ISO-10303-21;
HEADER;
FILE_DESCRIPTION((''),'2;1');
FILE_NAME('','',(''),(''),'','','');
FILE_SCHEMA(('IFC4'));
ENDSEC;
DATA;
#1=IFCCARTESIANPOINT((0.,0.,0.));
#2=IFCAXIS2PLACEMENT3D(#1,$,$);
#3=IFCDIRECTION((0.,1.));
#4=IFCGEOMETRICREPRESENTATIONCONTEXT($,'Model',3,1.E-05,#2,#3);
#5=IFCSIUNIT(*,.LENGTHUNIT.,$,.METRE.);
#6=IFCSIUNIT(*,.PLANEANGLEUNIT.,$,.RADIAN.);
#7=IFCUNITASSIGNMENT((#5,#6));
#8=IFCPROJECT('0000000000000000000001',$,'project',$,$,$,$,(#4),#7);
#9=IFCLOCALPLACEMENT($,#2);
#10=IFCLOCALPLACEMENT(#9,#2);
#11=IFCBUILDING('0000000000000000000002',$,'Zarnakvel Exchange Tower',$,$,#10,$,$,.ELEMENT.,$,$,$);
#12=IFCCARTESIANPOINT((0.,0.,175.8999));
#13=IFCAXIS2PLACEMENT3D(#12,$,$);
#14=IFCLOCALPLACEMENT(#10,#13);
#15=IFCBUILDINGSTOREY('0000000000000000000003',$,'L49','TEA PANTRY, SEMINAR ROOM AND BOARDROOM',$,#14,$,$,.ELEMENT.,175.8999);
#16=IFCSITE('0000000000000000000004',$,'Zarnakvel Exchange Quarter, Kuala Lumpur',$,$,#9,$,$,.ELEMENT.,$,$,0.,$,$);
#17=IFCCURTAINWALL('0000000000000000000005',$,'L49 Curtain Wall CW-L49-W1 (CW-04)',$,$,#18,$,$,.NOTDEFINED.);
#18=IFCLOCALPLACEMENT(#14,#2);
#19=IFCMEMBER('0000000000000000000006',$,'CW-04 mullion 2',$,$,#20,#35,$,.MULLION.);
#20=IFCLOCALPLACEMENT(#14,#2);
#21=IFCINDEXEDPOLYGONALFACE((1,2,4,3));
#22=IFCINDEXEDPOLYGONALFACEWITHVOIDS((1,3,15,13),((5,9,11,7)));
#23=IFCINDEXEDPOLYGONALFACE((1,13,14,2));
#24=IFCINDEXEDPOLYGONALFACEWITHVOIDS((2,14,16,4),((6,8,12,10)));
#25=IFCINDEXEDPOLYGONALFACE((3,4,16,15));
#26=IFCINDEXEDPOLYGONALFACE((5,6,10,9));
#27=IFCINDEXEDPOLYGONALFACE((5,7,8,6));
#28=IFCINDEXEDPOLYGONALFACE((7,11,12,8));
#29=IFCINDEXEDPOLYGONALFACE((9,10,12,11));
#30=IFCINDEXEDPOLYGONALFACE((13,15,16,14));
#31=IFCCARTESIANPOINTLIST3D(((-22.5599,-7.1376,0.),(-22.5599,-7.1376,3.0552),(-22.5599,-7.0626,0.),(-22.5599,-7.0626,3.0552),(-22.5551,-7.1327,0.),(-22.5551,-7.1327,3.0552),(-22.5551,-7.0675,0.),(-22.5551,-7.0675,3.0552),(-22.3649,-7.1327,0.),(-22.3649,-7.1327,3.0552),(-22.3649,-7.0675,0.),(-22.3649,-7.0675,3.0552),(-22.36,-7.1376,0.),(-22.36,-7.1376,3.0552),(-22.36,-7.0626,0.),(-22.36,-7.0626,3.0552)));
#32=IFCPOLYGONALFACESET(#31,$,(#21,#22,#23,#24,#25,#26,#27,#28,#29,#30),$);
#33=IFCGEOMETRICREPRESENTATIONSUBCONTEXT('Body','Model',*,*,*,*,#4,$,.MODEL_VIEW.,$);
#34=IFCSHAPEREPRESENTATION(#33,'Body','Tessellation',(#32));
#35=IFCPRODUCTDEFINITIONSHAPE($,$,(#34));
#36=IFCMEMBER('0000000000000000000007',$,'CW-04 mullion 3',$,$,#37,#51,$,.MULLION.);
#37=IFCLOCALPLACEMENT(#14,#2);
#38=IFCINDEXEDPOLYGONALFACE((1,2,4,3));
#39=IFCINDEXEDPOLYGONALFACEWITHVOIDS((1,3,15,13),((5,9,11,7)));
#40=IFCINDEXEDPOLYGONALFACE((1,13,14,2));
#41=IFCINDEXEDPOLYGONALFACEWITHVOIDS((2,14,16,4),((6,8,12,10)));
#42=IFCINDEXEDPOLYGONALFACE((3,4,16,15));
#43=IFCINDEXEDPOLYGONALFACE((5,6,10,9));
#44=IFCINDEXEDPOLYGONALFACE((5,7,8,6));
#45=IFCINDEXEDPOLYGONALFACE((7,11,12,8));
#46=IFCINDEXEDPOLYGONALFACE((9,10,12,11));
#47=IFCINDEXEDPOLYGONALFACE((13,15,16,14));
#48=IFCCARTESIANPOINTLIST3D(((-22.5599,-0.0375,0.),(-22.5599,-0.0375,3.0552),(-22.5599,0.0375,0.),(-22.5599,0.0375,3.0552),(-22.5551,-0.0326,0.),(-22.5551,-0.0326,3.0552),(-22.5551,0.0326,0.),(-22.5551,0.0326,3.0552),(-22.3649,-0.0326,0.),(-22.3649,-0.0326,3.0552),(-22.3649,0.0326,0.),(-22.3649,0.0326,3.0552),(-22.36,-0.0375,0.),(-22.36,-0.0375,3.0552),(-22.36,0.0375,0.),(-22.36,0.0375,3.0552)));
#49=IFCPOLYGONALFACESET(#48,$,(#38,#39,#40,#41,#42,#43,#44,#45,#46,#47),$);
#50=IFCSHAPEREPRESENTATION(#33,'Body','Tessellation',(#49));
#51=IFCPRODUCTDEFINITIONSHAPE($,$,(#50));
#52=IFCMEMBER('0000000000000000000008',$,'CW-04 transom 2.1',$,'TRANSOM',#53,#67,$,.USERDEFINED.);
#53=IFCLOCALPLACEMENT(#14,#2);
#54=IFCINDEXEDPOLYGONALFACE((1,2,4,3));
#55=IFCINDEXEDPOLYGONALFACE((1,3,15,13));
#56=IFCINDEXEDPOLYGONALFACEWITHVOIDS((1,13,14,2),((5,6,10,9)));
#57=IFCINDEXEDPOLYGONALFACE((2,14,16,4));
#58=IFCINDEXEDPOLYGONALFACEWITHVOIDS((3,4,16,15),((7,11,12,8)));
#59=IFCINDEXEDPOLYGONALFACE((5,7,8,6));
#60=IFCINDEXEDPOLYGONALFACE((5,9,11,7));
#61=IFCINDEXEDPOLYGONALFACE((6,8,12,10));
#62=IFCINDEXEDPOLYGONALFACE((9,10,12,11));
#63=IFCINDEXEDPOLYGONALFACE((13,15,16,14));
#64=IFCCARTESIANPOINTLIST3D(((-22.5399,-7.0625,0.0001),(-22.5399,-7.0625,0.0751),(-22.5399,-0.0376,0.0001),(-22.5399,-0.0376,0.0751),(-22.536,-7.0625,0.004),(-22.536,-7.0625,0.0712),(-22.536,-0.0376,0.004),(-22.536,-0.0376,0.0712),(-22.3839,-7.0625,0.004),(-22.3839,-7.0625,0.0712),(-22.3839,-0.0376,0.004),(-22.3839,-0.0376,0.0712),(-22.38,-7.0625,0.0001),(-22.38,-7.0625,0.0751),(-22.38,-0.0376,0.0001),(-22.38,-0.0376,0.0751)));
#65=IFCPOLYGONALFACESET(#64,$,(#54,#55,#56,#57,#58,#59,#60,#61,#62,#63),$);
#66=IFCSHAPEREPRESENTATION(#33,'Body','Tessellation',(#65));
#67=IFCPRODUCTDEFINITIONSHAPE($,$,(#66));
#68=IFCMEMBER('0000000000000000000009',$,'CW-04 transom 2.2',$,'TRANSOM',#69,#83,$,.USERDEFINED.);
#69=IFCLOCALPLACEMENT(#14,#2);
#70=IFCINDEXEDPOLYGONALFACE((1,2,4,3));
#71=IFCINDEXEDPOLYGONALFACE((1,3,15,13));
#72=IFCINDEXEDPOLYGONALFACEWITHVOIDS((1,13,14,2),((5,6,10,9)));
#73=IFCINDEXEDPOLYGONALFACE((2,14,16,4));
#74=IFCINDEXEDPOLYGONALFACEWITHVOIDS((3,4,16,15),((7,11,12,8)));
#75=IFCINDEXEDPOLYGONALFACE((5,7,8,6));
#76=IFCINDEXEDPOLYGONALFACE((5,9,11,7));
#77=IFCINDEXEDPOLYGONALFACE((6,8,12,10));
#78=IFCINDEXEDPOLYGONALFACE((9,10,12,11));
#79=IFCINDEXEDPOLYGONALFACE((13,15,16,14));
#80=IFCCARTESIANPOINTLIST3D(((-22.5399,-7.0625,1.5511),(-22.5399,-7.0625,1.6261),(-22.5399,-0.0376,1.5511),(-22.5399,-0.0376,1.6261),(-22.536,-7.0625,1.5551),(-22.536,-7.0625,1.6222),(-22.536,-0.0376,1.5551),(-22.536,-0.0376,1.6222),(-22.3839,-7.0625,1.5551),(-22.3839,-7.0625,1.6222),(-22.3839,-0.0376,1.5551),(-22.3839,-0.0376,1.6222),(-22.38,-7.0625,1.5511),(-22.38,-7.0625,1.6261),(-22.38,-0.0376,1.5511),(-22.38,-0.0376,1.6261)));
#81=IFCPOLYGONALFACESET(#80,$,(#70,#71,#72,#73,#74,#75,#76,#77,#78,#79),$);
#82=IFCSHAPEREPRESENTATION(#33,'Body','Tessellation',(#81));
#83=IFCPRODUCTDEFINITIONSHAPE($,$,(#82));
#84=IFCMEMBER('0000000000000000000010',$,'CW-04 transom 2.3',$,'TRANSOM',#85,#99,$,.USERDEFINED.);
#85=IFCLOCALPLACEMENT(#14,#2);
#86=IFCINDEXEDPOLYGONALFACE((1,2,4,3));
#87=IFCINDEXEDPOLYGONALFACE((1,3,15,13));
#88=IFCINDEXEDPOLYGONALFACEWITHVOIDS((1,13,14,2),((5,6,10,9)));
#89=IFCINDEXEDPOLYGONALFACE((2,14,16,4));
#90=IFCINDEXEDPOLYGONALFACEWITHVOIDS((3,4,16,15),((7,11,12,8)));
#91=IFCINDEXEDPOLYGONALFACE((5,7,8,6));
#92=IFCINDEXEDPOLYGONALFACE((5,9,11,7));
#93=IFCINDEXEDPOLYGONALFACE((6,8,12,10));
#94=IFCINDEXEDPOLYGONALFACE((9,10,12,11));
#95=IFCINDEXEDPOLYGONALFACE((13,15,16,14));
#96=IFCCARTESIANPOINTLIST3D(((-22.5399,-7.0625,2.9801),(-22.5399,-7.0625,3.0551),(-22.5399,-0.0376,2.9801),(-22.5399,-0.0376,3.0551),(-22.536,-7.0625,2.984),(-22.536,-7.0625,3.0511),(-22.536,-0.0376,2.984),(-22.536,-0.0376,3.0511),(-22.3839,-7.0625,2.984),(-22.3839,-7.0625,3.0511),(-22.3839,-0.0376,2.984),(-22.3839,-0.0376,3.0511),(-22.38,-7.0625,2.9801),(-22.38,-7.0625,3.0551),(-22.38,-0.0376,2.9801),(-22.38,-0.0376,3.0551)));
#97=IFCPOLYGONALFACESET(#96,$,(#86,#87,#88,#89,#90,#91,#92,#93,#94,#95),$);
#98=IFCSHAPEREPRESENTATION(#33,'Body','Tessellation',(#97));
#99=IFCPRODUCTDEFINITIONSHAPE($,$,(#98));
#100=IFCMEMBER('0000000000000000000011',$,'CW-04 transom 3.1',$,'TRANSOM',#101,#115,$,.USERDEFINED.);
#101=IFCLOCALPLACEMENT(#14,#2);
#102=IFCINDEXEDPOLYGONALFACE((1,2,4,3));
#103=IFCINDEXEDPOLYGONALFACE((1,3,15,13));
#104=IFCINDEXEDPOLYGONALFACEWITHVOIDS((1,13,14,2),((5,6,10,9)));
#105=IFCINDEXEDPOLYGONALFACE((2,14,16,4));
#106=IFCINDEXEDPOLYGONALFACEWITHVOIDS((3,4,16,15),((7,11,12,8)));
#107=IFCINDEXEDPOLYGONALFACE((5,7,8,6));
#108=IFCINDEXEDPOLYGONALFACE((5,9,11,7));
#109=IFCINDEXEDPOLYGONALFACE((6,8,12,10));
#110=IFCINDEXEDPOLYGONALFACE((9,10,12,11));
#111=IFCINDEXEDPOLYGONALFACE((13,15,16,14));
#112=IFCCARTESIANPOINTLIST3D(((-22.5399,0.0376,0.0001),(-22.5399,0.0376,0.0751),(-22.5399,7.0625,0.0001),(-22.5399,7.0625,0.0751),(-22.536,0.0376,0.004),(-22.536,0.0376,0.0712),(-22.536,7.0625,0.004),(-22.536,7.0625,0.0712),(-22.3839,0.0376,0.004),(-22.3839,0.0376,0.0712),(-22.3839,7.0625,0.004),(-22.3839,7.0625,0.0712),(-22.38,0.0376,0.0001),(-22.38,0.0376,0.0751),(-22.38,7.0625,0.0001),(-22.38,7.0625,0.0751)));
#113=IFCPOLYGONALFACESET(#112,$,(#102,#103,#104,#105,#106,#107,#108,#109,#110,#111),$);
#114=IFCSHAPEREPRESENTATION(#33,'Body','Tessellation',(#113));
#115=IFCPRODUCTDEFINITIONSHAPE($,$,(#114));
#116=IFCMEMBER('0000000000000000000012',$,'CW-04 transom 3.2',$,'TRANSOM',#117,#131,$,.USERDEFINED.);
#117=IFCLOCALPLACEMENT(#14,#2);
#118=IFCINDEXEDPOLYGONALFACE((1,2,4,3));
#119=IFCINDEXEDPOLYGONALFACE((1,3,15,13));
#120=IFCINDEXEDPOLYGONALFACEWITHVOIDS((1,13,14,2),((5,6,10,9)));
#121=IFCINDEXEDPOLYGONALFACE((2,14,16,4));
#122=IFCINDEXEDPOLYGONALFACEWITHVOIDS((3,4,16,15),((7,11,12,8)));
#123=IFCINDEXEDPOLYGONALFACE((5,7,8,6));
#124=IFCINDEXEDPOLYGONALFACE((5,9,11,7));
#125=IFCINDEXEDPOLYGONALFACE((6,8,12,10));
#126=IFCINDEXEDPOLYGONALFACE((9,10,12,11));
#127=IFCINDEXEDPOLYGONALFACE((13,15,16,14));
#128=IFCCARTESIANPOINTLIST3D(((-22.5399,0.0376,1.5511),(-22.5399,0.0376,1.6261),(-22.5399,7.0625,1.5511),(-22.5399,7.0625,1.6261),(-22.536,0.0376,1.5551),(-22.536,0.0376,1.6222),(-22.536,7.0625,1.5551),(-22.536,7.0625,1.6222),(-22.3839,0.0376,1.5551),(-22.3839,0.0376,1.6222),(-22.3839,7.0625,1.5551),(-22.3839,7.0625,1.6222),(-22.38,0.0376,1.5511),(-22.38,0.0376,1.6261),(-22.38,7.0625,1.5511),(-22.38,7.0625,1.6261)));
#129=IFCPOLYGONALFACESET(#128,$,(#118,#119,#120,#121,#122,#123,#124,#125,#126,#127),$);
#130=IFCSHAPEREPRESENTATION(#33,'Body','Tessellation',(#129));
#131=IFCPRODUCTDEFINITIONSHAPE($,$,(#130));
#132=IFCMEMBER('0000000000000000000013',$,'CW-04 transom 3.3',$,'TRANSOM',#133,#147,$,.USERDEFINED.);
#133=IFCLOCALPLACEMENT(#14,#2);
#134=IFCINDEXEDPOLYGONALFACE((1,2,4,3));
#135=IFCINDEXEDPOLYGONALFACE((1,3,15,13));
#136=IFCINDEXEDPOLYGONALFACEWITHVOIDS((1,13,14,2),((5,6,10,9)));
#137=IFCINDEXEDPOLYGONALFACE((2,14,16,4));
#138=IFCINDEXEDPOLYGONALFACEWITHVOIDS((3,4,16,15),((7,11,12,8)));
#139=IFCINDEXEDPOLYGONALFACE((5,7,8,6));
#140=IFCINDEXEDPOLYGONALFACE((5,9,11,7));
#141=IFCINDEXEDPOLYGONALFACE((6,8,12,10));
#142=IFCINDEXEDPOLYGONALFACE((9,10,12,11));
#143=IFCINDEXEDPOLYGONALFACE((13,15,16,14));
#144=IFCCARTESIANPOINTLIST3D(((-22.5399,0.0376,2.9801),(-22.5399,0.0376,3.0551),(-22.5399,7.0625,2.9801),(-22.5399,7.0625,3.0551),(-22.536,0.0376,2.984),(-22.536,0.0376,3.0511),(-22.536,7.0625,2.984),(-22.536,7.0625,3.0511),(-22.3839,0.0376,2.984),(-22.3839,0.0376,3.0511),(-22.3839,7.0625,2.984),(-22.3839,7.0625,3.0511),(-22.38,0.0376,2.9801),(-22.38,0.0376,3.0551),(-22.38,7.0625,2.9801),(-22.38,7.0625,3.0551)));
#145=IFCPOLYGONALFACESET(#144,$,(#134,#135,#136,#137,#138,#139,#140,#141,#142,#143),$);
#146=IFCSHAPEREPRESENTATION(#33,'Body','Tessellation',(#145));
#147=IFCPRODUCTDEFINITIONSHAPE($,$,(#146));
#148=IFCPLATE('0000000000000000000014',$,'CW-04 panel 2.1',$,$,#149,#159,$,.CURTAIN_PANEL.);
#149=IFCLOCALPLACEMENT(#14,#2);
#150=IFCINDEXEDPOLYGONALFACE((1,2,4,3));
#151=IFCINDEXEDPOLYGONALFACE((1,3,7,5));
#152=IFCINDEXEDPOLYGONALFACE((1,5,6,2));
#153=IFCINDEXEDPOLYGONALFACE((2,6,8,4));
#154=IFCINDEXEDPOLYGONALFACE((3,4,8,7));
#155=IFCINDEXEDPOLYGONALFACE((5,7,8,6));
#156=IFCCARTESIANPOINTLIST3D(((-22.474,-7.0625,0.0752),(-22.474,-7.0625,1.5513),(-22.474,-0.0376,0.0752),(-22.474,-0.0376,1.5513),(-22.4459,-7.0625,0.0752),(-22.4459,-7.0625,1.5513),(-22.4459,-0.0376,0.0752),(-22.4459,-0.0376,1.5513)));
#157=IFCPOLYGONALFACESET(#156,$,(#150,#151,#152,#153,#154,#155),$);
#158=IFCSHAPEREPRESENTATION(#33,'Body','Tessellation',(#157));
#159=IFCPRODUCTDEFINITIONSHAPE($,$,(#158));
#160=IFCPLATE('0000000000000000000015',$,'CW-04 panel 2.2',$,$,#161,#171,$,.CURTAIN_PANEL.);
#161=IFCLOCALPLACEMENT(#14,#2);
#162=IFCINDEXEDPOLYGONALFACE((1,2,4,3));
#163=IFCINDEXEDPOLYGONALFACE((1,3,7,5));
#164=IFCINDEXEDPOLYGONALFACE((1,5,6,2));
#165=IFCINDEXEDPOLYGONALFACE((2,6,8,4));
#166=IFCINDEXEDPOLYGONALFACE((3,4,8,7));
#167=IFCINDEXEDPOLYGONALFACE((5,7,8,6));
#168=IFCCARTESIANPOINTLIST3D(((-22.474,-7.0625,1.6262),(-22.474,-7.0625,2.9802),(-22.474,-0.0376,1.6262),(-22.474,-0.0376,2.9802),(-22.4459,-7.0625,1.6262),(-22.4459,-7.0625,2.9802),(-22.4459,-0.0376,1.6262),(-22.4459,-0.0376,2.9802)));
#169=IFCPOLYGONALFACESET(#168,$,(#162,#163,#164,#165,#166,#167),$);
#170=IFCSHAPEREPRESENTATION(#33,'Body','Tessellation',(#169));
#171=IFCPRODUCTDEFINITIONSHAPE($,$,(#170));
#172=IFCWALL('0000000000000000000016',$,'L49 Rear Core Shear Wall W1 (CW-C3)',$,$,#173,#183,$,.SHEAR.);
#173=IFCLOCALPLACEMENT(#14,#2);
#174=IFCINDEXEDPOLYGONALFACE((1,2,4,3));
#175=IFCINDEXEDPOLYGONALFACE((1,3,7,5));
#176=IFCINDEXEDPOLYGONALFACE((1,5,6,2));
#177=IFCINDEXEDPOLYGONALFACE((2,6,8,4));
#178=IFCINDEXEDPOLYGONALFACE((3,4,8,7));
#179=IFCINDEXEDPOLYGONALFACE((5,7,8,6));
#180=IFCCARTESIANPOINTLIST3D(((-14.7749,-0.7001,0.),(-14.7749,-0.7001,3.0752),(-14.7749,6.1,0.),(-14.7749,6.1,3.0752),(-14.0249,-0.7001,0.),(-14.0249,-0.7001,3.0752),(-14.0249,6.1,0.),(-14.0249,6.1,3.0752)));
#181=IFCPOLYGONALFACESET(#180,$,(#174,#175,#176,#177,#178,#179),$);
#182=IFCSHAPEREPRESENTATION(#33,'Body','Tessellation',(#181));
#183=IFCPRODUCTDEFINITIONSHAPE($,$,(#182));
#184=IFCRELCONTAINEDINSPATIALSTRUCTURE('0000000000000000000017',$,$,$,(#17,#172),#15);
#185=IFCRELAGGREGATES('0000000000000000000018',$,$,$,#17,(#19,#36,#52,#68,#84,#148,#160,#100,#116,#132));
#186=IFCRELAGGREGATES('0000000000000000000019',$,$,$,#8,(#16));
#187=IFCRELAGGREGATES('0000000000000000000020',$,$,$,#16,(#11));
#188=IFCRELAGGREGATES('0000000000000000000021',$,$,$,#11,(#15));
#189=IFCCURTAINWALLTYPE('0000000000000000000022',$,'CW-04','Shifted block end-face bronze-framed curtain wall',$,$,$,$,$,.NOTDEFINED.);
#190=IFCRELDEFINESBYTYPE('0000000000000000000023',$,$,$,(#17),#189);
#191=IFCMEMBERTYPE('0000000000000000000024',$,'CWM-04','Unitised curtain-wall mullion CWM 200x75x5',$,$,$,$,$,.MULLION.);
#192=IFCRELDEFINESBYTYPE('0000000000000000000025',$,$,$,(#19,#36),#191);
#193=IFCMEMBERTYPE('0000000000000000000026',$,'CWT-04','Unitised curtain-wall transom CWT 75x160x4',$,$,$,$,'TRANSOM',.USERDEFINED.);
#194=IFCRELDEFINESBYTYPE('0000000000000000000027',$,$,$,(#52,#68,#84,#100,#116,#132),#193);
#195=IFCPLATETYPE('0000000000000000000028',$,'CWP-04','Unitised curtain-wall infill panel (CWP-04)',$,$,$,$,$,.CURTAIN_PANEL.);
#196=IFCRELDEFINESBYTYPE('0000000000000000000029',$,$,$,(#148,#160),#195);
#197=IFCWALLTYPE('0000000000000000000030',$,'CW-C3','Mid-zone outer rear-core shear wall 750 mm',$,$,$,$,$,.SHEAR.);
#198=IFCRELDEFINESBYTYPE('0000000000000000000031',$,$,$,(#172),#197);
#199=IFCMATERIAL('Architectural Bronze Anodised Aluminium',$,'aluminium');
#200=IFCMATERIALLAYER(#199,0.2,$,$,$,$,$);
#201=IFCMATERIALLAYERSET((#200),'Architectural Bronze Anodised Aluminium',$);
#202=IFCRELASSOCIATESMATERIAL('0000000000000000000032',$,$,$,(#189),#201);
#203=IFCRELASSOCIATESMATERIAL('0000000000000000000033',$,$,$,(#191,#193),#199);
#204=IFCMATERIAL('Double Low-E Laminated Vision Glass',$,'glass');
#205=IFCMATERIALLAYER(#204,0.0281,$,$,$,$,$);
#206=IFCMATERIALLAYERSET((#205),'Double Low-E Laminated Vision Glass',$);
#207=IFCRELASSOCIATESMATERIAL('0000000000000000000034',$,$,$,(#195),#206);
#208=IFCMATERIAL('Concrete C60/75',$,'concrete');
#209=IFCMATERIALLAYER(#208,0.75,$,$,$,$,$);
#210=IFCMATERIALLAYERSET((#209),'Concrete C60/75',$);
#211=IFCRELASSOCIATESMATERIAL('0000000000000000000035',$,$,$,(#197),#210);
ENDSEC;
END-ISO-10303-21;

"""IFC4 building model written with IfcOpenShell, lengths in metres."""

from ifc_helpers import new_model, si_unit, direction, frame, frame_2d, origin, origin_2d, place, context, subcontext, project, spatial, rectangle, hollow_rectangle, extrude, source, transform, mapped, material, layer, layer_set, material_profile, profile_set, type_object, element, aggregate, save


model = new_model("IFC4")

# Units and contexts
model_context = context("Model", 3, precision=1e-05, world=origin(), true_north=direction((0.0, 1.0)))
body_context = subcontext(model_context, "Body", "Model", "MODEL_VIEW")
ifc_project = project(units=[si_unit("LENGTHUNIT", "METRE"), si_unit("PLANEANGLEUNIT", "RADIAN")], contexts=[model_context])

# Site, building, storey
site_placement = place(None, origin())
site = spatial("IfcSite", under=ifc_project, at=site_placement, Name="Zarnakvel Exchange Quarter, Kuala Lumpur", CompositionType="ELEMENT", RefElevation=0.0)
building_placement = place(site_placement, origin())
building = spatial("IfcBuilding", under=site, at=building_placement, Name="Zarnakvel Exchange Tower", CompositionType="ELEMENT")
storey_placement = place(building_placement, frame((0.0, 0.0, 175.8999)))
storey = spatial("IfcBuildingStorey", under=building, at=storey_placement, Name="L49", Description="TEA PANTRY, SEMINAR ROOM AND BOARDROOM", CompositionType="ELEMENT", Elevation=175.8999)

# Shared definitions
ifc_material_1 = material(Name="Concrete C60/75", Category="concrete")

# Curtain wall, members, plates
ifc_material_2 = material(Name="Architectural Bronze Anodised Aluminium", Category="aluminium")
ifc_layer_1 = layer(ifc_material_2, 0.2)
ifc_layer_set_1 = layer_set([ifc_layer_1], Name="Architectural Bronze Anodised Aluminium")
curtain_wall_type = type_object("IfcCurtainWallType", Name="CW-04", Description="Shifted block end-face bronze-framed curtain wall", PredefinedType="NOTDEFINED", material=ifc_layer_set_1)
curtain_wall_placement = place(storey_placement, origin())
curtain_wall = element("IfcCurtainWall", 1, at=curtain_wall_placement, inside=storey, type_object=curtain_wall_type, Name="L49 Curtain Wall CW-L49-W1 (CW-04)", PredefinedType="NOTDEFINED")
ifc_material_profile_1 = material_profile(ifc_material_2, hollow_rectangle(XDim=0.2, YDim=0.075, WallThickness=0.0049, at=origin_2d()))
ifc_profile_set_1 = profile_set([ifc_material_profile_1], Name="Architectural Bronze Anodised Aluminium")
member_type_1 = type_object("IfcMemberType", Name="CWM-04", Description="Unitised curtain-wall mullion CWM 200x75x5", PredefinedType="MULLION", material=ifc_profile_set_1)
shared_shape_1 = source(origin(), body_context, "Body", "SweptSolid", [
    extrude(hollow_rectangle(XDim=0.2, YDim=0.075, WallThickness=0.0049, at=origin_2d()), origin(), (0.0, 0.0, 1.0), 3.0552),
])
member_1_placement = place(storey_placement, frame((-22.46, -7.1001, 0.0), z_axis=(0.0, 0.0, 1.0), x_axis=(-1.0, 0.0, 0.0)))
member_1 = element("IfcMember", 2, at=member_1_placement, type_object=member_type_1, Name="CW-04 mullion 2", PredefinedType="MULLION", context=body_context, shape_type="MappedRepresentation", body=[
    mapped(shared_shape_1, transform((0.0, 0.0, 0.0), x_axis=(1.0, 0.0, 0.0), y_axis=(0.0, 1.0, 0.0), z_axis=(0.0, 0.0, 1.0), scale=1.0)),
])
member_2_placement = place(storey_placement, frame((-22.46, 0.0, 0.0), z_axis=(0.0, 0.0, 1.0), x_axis=(-1.0, 0.0, 0.0)))
member_2 = element("IfcMember", 3, at=member_2_placement, type_object=member_type_1, Name="CW-04 mullion 3", PredefinedType="MULLION", context=body_context, shape_type="MappedRepresentation", body=[
    mapped(shared_shape_1, transform((0.0, 0.0, 0.0), x_axis=(1.0, 0.0, 0.0), y_axis=(0.0, 1.0, 0.0), z_axis=(0.0, 0.0, 1.0), scale=1.0)),
])
ifc_material_profile_2 = material_profile(ifc_material_2, hollow_rectangle(XDim=0.1599, YDim=0.075, WallThickness=0.0039, at=origin_2d()))
ifc_profile_set_2 = profile_set([ifc_material_profile_2], Name="Architectural Bronze Anodised Aluminium")
member_type_2 = type_object("IfcMemberType", Name="CWT-04", Description="Unitised curtain-wall transom CWT 75x160x4", ElementType="TRANSOM", PredefinedType="USERDEFINED", material=ifc_profile_set_2)
shared_shape_2 = source(origin(), body_context, "Body", "SweptSolid", [
    extrude(hollow_rectangle(XDim=0.1599, YDim=0.075, WallThickness=0.0039, at=origin_2d()), origin(), (0.0, 0.0, 1.0), 7.0249),
])
member_3_placement = place(storey_placement, frame((-22.46, -7.0625, 0.0376), z_axis=(0.0, 1.0, 0.0), x_axis=(-1.0, 0.0, 0.0)))
member_3 = element("IfcMember", 4, at=member_3_placement, type_object=member_type_2, Name="CW-04 transom 2.1", ObjectType="TRANSOM", PredefinedType="USERDEFINED", context=body_context, shape_type="MappedRepresentation", body=[
    mapped(shared_shape_2, transform((0.0, 0.0, 0.0), x_axis=(1.0, 0.0, 0.0), y_axis=(0.0, 1.0, 0.0), z_axis=(0.0, 0.0, 1.0), scale=1.0)),
])
member_4_placement = place(storey_placement, frame((-22.46, -7.0625, 1.5886), z_axis=(0.0, 1.0, 0.0), x_axis=(-1.0, 0.0, 0.0)))
member_4 = element("IfcMember", 5, at=member_4_placement, type_object=member_type_2, Name="CW-04 transom 2.2", ObjectType="TRANSOM", PredefinedType="USERDEFINED", context=body_context, shape_type="MappedRepresentation", body=[
    mapped(shared_shape_2, transform((0.0, 0.0, 0.0), x_axis=(1.0, 0.0, 0.0), y_axis=(0.0, 1.0, 0.0), z_axis=(0.0, 0.0, 1.0), scale=1.0)),
])
member_5_placement = place(storey_placement, frame((-22.46, -7.0625, 3.0176), z_axis=(0.0, 1.0, 0.0), x_axis=(-1.0, 0.0, 0.0)))
member_5 = element("IfcMember", 6, at=member_5_placement, type_object=member_type_2, Name="CW-04 transom 2.3", ObjectType="TRANSOM", PredefinedType="USERDEFINED", context=body_context, shape_type="MappedRepresentation", body=[
    mapped(shared_shape_2, transform((0.0, 0.0, 0.0), x_axis=(1.0, 0.0, 0.0), y_axis=(0.0, 1.0, 0.0), z_axis=(0.0, 0.0, 1.0), scale=1.0)),
])
member_6_placement = place(storey_placement, frame((-22.46, 0.0376, 0.0376), z_axis=(0.0, 1.0, 0.0), x_axis=(-1.0, 0.0, 0.0)))
member_6 = element("IfcMember", 7, at=member_6_placement, type_object=member_type_2, Name="CW-04 transom 3.1", ObjectType="TRANSOM", PredefinedType="USERDEFINED", context=body_context, shape_type="MappedRepresentation", body=[
    mapped(shared_shape_2, transform((0.0, 0.0, 0.0), x_axis=(1.0, 0.0, 0.0), y_axis=(0.0, 1.0, 0.0), z_axis=(0.0, 0.0, 1.0), scale=1.0)),
])
member_7_placement = place(storey_placement, frame((-22.46, 0.0376, 1.5886), z_axis=(0.0, 1.0, 0.0), x_axis=(-1.0, 0.0, 0.0)))
member_7 = element("IfcMember", 8, at=member_7_placement, type_object=member_type_2, Name="CW-04 transom 3.2", ObjectType="TRANSOM", PredefinedType="USERDEFINED", context=body_context, shape_type="MappedRepresentation", body=[
    mapped(shared_shape_2, transform((0.0, 0.0, 0.0), x_axis=(1.0, 0.0, 0.0), y_axis=(0.0, 1.0, 0.0), z_axis=(0.0, 0.0, 1.0), scale=1.0)),
])
member_8_placement = place(storey_placement, frame((-22.46, 0.0376, 3.0176), z_axis=(0.0, 1.0, 0.0), x_axis=(-1.0, 0.0, 0.0)))
member_8 = element("IfcMember", 9, at=member_8_placement, type_object=member_type_2, Name="CW-04 transom 3.3", ObjectType="TRANSOM", PredefinedType="USERDEFINED", context=body_context, shape_type="MappedRepresentation", body=[
    mapped(shared_shape_2, transform((0.0, 0.0, 0.0), x_axis=(1.0, 0.0, 0.0), y_axis=(0.0, 1.0, 0.0), z_axis=(0.0, 0.0, 1.0), scale=1.0)),
])
ifc_material_3 = material(Name="Double Low-E Laminated Vision Glass", Category="glass")
ifc_layer_2 = layer(ifc_material_3, 0.0281)
ifc_layer_set_2 = layer_set([ifc_layer_2], Name="Double Low-E Laminated Vision Glass")
plate_type = type_object("IfcPlateType", Name="CWP-04", Description="Unitised curtain-wall infill panel (CWP-04)", PredefinedType="CURTAIN_PANEL", material=ifc_layer_set_2)
shared_shape_3 = source(origin(), body_context, "Body", "SweptSolid", [
    extrude(rectangle(XDim=7.0249, YDim=0.0281, at=origin_2d()), origin(), (0.0, 0.0, 1.0), 1.4761),
])
plate_1_placement = place(storey_placement, frame((-22.46, -3.55, 0.0752), z_axis=(0.0, 0.0, 1.0), x_axis=(0.0, 1.0, 0.0)))
plate_1 = element("IfcPlate", 10, at=plate_1_placement, type_object=plate_type, Name="CW-04 panel 2.1", PredefinedType="CURTAIN_PANEL", context=body_context, shape_type="MappedRepresentation", body=[
    mapped(shared_shape_3, transform((0.0, 0.0, 0.0), x_axis=(1.0, 0.0, 0.0), y_axis=(0.0, 1.0, 0.0), z_axis=(0.0, 0.0, 1.0), scale=1.0)),
])
shared_shape_4 = source(origin(), body_context, "Body", "SweptSolid", [
    extrude(rectangle(XDim=7.0249, YDim=0.0281, at=origin_2d()), origin(), (0.0, 0.0, 1.0), 1.354),
])
plate_2_placement = place(storey_placement, frame((-22.46, -3.55, 1.6262), z_axis=(0.0, 0.0, 1.0), x_axis=(0.0, 1.0, 0.0)))
plate_2 = element("IfcPlate", 11, at=plate_2_placement, type_object=plate_type, Name="CW-04 panel 2.2", PredefinedType="CURTAIN_PANEL", context=body_context, shape_type="MappedRepresentation", body=[
    mapped(shared_shape_4, transform((0.0, 0.0, 0.0), x_axis=(1.0, 0.0, 0.0), y_axis=(0.0, 1.0, 0.0), z_axis=(0.0, 0.0, 1.0), scale=1.0)),
])
aggregate(curtain_wall, [member_1, member_2, member_3, member_4, member_5, plate_1, plate_2, member_6, member_7, member_8])

# Wall
ifc_layer_3 = layer(ifc_material_1, 0.75)
ifc_layer_set_3 = layer_set([ifc_layer_3], Name="Concrete C60/75")
wall_type_1 = type_object("IfcWallType", Name="CW-C3", Description="Mid-zone outer rear-core shear wall 750 mm", PredefinedType="SHEAR", material=ifc_layer_set_3)
wall_1_placement = place(storey_placement, frame((-14.3999, -0.7, 0.0), z_axis=(0.0, 0.0, 1.0), x_axis=(0.0, 1.0, 0.0)))
element("IfcWall", 12, at=wall_1_placement, inside=storey, type_object=wall_type_1, Name="L49 Rear Core Shear Wall W1 (CW-C3)", PredefinedType="SHEAR", context=body_context, shape_type="SweptSolid", body=[
    extrude(rectangle(XDim=6.8, YDim=0.75, at=frame_2d((3.3999, 0.0))), origin(), (0.0, 0.0, 1.0), 3.0752),
])

save(model, "model.ifc")
